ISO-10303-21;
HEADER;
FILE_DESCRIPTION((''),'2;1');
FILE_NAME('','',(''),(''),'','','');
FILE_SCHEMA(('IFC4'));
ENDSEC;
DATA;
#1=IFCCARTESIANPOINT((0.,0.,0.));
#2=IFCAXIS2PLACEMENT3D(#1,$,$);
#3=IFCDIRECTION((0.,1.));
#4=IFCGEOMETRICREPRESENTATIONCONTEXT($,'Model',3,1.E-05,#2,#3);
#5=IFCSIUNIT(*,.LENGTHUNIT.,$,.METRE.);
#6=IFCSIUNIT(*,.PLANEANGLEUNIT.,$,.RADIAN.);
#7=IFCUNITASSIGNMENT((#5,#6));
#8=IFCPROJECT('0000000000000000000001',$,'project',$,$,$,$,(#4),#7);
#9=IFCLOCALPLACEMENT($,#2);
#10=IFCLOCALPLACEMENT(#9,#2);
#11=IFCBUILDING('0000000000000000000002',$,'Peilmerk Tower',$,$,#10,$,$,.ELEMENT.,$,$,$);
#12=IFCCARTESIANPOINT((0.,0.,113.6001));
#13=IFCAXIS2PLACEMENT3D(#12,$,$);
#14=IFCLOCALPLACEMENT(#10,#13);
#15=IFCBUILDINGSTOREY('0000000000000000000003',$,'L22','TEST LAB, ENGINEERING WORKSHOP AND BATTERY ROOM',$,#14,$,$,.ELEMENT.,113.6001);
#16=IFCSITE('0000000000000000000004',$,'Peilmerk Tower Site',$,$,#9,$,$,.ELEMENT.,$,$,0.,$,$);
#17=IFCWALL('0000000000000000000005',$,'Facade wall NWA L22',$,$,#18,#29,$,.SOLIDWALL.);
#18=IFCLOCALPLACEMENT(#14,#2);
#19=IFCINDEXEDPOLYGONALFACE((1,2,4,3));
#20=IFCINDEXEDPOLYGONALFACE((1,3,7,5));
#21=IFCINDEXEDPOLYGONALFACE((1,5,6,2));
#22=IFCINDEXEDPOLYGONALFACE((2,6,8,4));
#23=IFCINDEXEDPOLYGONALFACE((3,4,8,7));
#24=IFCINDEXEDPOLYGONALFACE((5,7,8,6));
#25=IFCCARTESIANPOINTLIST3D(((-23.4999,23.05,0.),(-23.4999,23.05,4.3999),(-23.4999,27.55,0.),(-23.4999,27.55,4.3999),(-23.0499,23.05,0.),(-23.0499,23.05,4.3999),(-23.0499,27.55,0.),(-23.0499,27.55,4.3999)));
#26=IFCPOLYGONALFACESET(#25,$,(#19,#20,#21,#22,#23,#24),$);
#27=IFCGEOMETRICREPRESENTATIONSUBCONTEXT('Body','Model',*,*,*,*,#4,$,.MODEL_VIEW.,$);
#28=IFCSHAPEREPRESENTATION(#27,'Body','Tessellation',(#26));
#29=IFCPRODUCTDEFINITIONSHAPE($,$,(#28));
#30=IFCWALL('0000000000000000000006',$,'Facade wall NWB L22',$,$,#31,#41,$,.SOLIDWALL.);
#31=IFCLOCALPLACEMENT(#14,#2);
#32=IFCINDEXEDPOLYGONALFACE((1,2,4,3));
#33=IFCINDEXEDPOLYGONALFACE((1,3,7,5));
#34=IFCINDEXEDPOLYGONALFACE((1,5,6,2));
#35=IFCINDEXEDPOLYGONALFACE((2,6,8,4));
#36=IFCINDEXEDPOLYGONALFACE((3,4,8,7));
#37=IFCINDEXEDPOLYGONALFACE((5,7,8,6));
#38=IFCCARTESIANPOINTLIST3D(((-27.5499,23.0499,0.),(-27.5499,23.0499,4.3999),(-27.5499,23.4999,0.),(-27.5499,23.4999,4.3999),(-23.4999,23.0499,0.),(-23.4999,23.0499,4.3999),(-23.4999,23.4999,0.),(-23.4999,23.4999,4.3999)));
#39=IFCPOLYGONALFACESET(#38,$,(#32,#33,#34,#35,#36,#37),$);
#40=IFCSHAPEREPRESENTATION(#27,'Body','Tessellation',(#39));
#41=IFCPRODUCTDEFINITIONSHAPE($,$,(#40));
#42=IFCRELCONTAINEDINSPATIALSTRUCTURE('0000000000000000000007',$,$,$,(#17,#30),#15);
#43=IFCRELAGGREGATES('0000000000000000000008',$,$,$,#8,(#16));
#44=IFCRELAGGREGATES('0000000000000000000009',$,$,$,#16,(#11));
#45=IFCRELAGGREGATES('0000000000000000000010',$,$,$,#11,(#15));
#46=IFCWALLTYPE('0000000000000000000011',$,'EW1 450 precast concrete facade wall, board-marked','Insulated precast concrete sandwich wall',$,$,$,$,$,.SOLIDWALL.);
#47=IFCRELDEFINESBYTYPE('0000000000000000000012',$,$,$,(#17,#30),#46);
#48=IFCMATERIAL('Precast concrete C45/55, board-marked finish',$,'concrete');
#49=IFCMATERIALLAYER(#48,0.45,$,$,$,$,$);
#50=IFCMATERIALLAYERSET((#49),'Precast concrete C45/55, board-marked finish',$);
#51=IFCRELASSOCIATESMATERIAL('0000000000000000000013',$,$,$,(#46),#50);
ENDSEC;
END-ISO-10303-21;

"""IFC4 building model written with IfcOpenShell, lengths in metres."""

from ifc_helpers import new_model, si_unit, direction, frame, frame_2d, origin, place, context, subcontext, project, spatial, rectangle, extrude, material, layer, layer_set, type_object, element, save


model = new_model("IFC4")

# Units and contexts
model_context = context("Model", 3, precision=1e-05, world=origin(), true_north=direction((0.0, 1.0)))
body_context = subcontext(model_context, "Body", "Model", "MODEL_VIEW")
ifc_project = project(units=[si_unit("LENGTHUNIT", "METRE"), si_unit("PLANEANGLEUNIT", "RADIAN")], contexts=[model_context])

# Site, building, storey
site_placement = place(None, origin())
site = spatial("IfcSite", under=ifc_project, at=site_placement, Name="Peilmerk Tower Site", CompositionType="ELEMENT", RefElevation=0.0)
building_placement = place(site_placement, origin())
building = spatial("IfcBuilding", under=site, at=building_placement, Name="Peilmerk Tower", CompositionType="ELEMENT")
storey_placement = place(building_placement, frame((0.0, 0.0, 113.6001)))
storey = spatial("IfcBuildingStorey", under=building, at=storey_placement, Name="L22", Description="TEST LAB, ENGINEERING WORKSHOP AND BATTERY ROOM", CompositionType="ELEMENT", Elevation=113.6001)

# Shared definitions
ifc_material_1 = material(Name="Precast concrete C45/55, board-marked finish", Category="concrete")
ifc_layer = layer(ifc_material_1, 0.45)
ifc_layer_set = layer_set([ifc_layer], Name="Precast concrete C45/55, board-marked finish")
wall_type = type_object("IfcWallType", Name="EW1 450 precast concrete facade wall, board-marked", Description="Insulated precast concrete sandwich wall", PredefinedType="SOLIDWALL", material=ifc_layer_set)

# Walls
wall_1_placement = place(storey_placement, frame((-23.2749, 23.05, 0.0), z_axis=(0.0, 0.0, 1.0), x_axis=(0.0, 1.0, 0.0)))
element("IfcWall", 1, at=wall_1_placement, inside=storey, type_object=wall_type, Name="Facade wall NWA L22", PredefinedType="SOLIDWALL", context=body_context, shape_type="SweptSolid", body=[
    extrude(rectangle(XDim=4.5, YDim=0.45, at=frame_2d((2.25, 0.0))), origin(), (0.0, 0.0, 1.0), 4.3999),
])
wall_2_placement = place(storey_placement, frame((-23.5, 23.2749, 0.0), z_axis=(0.0, 0.0, 1.0), x_axis=(-1.0, 0.0, 0.0)))
element("IfcWall", 2, at=wall_2_placement, inside=storey, type_object=wall_type, Name="Facade wall NWB L22", PredefinedType="SOLIDWALL", context=body_context, shape_type="SweptSolid", body=[
    extrude(rectangle(XDim=4.05, YDim=0.45, at=frame_2d((2.0249, 0.0))), origin(), (0.0, 0.0, 1.0), 4.3999),
])

save(model, "model.ifc")
